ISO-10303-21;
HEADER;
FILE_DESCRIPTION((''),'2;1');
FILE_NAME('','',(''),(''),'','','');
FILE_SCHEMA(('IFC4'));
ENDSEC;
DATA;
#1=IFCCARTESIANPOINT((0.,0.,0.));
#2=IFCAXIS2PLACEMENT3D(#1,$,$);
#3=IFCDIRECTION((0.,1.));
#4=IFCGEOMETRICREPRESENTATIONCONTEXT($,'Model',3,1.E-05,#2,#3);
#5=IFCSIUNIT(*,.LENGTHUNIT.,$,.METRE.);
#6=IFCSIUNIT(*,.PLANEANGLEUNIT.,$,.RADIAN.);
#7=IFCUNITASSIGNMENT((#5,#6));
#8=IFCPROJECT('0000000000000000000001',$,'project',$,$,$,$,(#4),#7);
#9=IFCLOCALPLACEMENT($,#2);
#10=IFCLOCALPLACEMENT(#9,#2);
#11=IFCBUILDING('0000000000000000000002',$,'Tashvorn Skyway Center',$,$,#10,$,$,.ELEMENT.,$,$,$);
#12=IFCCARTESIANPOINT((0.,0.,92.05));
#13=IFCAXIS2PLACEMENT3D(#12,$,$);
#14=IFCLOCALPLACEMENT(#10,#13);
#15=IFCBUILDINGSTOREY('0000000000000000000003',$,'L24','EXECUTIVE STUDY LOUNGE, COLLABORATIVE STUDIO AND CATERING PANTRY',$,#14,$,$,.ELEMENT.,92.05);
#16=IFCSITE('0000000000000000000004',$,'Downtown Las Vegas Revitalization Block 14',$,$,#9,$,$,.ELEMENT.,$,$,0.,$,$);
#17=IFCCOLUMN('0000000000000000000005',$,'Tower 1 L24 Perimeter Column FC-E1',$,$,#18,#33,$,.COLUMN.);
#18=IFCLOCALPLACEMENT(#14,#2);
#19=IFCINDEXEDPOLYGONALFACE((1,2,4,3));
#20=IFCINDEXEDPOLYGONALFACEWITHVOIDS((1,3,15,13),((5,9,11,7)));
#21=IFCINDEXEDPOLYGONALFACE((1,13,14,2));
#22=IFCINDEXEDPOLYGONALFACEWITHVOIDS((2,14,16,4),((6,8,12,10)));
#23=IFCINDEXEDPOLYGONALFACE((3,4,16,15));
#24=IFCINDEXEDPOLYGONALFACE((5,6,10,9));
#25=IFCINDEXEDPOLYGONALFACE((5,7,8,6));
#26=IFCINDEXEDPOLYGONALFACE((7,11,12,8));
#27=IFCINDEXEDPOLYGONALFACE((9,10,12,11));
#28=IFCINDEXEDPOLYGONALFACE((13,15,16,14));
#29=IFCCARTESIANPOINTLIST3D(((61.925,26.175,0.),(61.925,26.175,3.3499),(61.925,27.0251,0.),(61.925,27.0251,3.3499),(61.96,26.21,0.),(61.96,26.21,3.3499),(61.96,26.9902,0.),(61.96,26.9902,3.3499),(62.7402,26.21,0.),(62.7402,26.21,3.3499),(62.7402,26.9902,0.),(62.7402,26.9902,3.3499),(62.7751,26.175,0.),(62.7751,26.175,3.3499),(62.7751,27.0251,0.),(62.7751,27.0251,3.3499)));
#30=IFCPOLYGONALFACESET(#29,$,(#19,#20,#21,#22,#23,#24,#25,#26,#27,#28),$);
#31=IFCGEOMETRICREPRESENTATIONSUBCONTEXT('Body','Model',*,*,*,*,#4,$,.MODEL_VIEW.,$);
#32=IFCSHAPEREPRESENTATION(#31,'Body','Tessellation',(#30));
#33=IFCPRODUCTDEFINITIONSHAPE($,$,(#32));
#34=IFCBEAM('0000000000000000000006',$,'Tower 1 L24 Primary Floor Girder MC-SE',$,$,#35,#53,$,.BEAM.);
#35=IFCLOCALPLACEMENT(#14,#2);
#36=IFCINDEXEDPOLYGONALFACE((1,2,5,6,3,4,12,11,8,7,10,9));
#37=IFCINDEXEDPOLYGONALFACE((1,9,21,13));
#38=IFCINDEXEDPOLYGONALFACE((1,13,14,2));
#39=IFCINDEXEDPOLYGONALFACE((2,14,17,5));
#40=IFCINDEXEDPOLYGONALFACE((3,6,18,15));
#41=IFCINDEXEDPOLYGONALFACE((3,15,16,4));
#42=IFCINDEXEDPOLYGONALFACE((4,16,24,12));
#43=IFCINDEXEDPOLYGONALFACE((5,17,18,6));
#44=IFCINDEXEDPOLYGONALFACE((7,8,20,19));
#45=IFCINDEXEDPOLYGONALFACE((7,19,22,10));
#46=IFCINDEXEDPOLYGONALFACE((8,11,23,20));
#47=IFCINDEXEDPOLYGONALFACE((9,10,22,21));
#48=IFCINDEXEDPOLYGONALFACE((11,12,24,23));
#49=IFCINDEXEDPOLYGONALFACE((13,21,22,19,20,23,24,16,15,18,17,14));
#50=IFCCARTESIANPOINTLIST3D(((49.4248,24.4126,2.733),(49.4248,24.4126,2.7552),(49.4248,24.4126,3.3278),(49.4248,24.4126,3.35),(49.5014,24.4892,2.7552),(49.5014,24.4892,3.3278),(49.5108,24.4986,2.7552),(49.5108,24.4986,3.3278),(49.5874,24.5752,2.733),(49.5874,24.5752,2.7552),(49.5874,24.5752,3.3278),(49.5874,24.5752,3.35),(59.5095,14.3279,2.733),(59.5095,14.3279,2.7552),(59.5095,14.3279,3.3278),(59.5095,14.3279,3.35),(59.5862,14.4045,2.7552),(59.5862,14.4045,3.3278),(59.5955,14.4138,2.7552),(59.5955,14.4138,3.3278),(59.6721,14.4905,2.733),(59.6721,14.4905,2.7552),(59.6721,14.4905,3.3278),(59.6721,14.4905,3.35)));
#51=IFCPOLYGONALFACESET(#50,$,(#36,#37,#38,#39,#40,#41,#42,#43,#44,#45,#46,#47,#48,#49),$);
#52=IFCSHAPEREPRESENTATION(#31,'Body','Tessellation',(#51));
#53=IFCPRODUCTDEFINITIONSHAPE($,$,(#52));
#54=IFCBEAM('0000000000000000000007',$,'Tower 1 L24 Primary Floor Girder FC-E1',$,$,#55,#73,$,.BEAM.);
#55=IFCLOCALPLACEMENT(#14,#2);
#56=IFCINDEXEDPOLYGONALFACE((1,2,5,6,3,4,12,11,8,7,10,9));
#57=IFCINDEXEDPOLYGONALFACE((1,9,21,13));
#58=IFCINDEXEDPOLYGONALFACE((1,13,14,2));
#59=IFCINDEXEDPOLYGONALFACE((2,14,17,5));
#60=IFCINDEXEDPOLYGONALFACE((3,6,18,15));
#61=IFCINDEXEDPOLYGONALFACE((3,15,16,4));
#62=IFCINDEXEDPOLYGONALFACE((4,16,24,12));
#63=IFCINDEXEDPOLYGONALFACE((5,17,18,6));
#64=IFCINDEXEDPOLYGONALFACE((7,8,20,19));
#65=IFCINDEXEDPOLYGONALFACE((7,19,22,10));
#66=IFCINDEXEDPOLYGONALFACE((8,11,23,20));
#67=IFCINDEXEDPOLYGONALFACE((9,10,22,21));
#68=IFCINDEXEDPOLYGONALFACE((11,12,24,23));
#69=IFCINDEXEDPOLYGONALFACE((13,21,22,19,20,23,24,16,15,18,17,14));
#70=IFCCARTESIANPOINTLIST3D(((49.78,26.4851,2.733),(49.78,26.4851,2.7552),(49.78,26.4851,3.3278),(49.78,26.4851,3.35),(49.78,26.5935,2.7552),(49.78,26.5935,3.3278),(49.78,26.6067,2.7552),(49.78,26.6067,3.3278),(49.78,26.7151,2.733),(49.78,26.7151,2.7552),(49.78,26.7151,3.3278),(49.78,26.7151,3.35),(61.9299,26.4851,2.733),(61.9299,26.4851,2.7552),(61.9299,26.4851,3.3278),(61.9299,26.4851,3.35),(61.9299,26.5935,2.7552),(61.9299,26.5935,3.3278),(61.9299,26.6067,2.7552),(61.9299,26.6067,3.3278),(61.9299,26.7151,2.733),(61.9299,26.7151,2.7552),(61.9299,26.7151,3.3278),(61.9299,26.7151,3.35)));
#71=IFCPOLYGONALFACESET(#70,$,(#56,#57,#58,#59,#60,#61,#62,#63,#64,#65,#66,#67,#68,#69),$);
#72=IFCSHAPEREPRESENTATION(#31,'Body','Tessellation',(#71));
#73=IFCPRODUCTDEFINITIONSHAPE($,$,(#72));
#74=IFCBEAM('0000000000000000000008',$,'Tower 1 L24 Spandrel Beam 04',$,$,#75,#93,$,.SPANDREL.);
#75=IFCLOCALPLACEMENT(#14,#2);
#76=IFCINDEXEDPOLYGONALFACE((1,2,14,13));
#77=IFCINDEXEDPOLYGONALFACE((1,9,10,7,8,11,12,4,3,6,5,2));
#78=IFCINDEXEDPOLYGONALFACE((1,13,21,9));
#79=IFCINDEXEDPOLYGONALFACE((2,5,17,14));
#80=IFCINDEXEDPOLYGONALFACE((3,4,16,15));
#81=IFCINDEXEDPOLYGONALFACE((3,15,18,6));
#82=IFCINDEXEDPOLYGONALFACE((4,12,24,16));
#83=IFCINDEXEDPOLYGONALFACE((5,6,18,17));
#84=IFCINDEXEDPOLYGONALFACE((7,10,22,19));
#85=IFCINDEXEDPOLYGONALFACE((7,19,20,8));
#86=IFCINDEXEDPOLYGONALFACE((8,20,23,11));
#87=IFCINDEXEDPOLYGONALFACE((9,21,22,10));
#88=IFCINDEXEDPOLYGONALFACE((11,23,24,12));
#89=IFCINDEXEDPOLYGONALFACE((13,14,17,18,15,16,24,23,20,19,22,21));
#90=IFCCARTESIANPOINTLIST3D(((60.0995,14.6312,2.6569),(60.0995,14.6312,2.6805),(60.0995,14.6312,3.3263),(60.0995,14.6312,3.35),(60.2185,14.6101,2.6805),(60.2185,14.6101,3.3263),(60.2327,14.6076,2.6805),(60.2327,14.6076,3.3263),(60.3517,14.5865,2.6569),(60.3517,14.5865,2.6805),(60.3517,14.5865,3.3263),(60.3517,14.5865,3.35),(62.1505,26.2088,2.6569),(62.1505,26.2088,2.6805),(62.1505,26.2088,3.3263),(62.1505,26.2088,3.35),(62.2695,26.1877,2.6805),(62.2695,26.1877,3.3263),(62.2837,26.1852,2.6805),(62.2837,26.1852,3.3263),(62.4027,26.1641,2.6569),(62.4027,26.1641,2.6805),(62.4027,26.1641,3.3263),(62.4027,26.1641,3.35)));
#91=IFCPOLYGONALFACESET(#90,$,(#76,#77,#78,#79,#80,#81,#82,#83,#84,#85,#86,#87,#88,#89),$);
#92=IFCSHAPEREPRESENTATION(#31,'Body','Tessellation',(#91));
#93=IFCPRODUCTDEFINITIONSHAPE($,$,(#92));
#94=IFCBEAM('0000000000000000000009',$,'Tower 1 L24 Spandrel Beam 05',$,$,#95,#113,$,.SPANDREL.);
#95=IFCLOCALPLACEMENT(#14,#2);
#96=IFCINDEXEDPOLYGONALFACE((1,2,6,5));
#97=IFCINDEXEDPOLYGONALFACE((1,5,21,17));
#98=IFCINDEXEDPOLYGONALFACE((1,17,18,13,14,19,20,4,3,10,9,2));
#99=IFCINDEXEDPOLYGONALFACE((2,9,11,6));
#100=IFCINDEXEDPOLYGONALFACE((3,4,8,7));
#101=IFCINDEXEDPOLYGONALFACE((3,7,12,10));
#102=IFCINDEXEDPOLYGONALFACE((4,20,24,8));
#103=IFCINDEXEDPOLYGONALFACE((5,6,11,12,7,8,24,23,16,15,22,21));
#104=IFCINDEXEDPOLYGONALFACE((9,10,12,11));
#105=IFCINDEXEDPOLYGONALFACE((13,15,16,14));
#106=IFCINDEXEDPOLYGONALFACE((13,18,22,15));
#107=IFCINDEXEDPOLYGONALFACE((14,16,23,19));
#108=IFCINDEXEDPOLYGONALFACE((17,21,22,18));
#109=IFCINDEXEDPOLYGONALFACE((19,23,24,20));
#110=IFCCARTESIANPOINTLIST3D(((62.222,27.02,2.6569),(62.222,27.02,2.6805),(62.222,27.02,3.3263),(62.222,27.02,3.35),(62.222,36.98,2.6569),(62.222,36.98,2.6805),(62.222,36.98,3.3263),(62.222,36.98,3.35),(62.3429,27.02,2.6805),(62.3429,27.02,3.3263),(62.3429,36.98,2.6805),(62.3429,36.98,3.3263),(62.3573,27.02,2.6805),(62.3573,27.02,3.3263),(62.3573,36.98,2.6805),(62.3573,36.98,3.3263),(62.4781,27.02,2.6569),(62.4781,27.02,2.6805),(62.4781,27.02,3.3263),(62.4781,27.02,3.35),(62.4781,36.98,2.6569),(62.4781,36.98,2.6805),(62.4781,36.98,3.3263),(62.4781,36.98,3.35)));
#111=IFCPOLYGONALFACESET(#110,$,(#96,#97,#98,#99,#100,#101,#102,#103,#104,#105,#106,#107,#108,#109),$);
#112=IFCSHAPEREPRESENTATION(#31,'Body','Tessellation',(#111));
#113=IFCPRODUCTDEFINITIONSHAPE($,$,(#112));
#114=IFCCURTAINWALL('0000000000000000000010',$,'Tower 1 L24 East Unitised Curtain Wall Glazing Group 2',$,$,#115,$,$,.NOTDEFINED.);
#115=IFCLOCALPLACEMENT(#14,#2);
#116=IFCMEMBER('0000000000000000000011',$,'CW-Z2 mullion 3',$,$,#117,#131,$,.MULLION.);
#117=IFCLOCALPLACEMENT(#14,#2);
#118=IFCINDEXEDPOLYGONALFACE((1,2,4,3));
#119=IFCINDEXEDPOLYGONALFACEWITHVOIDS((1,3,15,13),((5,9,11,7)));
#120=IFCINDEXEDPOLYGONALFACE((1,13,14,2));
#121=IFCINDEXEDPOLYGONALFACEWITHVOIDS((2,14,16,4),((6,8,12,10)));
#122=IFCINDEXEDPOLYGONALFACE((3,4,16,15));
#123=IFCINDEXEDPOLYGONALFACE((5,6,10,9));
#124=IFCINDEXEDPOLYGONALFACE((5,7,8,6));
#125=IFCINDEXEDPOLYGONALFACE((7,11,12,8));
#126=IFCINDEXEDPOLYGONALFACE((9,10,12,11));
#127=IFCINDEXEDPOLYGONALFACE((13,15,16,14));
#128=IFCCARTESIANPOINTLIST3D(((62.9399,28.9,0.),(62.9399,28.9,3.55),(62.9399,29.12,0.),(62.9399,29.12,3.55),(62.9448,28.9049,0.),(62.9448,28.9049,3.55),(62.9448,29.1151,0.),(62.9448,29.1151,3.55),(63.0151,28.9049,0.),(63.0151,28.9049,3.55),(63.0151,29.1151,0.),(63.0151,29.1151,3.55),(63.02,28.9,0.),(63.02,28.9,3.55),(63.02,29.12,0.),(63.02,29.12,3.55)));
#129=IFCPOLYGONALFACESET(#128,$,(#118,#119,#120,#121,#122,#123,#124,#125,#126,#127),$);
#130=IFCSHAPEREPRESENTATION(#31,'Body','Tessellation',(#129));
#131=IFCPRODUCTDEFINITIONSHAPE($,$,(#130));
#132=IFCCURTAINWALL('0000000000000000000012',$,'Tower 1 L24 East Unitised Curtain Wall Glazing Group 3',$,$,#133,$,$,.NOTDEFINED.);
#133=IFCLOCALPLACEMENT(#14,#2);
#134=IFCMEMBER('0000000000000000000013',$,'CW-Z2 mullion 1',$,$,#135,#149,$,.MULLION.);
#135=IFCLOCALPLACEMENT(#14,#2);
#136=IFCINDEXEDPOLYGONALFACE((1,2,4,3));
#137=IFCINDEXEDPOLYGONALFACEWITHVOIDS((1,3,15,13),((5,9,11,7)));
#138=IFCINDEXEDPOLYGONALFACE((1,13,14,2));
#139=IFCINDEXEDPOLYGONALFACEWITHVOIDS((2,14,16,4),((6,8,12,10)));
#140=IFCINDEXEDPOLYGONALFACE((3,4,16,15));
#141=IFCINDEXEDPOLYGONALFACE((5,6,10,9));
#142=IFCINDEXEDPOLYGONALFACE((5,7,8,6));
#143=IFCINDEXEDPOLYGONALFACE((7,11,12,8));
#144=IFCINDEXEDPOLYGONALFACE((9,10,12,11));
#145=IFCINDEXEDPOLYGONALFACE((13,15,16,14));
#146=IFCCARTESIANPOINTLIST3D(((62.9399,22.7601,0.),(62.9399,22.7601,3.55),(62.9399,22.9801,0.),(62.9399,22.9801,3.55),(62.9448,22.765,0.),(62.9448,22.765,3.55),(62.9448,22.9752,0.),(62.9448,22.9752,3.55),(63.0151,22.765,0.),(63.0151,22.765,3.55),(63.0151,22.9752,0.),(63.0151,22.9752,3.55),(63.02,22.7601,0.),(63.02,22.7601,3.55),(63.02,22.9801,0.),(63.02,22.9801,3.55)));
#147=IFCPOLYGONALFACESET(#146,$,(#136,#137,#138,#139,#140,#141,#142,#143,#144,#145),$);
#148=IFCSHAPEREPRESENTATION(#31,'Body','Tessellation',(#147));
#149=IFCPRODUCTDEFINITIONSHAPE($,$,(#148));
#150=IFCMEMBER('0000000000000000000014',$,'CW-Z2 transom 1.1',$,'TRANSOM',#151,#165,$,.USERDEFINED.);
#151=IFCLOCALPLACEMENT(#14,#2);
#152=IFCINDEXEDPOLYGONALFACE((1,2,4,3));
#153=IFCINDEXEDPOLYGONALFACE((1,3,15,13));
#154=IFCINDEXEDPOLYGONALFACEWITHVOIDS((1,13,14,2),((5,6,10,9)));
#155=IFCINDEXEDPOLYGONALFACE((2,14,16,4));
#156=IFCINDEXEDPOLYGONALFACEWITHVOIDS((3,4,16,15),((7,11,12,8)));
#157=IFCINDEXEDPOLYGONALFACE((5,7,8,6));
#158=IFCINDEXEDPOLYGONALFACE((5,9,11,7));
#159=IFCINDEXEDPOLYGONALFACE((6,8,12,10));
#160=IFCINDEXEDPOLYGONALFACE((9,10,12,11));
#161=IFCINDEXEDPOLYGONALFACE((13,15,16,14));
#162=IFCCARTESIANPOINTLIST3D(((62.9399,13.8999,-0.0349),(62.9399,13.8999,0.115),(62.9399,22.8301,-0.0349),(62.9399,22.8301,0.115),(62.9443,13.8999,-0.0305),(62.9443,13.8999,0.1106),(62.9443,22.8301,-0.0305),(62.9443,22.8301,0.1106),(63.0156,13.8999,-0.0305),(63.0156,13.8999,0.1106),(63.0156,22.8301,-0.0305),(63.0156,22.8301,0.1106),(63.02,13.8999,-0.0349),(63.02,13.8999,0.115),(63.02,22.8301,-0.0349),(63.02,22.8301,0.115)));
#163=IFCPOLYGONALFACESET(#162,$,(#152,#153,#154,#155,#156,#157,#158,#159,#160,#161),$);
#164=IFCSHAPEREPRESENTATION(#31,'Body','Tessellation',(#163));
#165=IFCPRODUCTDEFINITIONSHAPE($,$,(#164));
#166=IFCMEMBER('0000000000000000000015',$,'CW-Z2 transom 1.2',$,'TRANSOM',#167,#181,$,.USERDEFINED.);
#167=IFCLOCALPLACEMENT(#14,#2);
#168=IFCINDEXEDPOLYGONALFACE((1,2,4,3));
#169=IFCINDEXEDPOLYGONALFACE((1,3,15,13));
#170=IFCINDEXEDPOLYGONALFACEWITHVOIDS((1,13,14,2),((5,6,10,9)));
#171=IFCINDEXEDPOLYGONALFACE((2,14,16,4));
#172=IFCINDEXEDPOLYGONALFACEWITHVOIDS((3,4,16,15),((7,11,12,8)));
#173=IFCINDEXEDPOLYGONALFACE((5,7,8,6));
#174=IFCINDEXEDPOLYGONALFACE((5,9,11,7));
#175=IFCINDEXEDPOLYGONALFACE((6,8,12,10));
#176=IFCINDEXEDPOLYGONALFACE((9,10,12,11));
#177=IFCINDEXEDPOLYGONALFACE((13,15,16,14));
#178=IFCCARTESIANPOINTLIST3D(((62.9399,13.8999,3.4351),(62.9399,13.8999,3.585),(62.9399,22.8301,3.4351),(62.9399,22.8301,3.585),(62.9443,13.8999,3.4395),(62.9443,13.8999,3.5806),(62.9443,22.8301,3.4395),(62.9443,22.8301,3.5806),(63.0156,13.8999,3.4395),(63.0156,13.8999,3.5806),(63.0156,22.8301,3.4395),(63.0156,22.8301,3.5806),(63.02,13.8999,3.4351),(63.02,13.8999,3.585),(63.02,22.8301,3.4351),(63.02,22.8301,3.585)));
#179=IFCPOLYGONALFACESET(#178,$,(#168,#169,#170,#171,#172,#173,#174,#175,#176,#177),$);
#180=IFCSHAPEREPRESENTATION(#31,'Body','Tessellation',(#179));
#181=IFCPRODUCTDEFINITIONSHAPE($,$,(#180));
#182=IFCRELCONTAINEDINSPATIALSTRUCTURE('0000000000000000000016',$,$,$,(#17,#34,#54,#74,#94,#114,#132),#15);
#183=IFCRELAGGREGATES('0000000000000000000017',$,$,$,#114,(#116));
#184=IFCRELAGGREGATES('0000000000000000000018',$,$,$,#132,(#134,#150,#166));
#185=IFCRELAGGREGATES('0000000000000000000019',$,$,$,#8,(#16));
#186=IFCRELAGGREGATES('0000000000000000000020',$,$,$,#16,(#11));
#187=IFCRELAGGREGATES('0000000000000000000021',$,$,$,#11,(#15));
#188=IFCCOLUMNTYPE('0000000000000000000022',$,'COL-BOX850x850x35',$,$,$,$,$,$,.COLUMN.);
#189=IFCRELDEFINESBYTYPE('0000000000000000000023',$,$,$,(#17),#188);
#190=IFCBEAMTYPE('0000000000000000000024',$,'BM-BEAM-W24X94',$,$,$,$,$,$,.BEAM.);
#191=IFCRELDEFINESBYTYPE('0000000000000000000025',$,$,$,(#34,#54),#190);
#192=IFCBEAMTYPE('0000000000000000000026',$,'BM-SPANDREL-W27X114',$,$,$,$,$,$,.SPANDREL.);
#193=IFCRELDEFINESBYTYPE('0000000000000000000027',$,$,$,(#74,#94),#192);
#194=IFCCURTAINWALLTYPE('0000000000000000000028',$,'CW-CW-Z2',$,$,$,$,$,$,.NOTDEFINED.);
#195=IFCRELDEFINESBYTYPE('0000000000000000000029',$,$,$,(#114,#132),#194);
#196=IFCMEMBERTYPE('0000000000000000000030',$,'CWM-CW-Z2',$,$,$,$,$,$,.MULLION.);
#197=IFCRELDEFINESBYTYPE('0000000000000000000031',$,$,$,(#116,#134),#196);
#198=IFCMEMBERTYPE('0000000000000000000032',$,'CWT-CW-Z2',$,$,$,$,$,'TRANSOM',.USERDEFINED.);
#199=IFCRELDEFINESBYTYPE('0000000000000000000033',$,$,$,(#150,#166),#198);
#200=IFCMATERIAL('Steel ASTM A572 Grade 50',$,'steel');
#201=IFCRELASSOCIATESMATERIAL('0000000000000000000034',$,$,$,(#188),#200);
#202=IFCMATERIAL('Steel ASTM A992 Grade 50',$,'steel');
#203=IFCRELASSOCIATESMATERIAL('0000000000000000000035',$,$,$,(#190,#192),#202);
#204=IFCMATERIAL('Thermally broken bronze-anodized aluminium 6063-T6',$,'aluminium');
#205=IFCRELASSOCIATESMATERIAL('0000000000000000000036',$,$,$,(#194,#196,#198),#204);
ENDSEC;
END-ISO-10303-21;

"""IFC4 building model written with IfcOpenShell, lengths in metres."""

from ifc_helpers import new_model, si_unit, direction, frame, origin, origin_2d, place, context, subcontext, project, spatial, hollow_rectangle, i_section, extrude, material, material_profile, profile_set, type_object, element, aggregate, save


model = new_model("IFC4")

# Units and contexts
model_context = context("Model", 3, precision=1e-05, world=origin(), true_north=direction((0.0, 1.0)))
body_context = subcontext(model_context, "Body", "Model", "MODEL_VIEW")
ifc_project = project(units=[si_unit("LENGTHUNIT", "METRE"), si_unit("PLANEANGLEUNIT", "RADIAN")], contexts=[model_context])

# Site, building, storey
site_placement = place(None, origin())
site = spatial("IfcSite", under=ifc_project, at=site_placement, Name="Downtown Las Vegas Revitalization Block 14", CompositionType="ELEMENT", RefElevation=0.0)
building_placement = place(site_placement, origin())
building = spatial("IfcBuilding", under=site, at=building_placement, Name="Tashvorn Skyway Center", CompositionType="ELEMENT")
storey_placement = place(building_placement, frame((0.0, 0.0, 92.05)))
storey = spatial("IfcBuildingStorey", under=building, at=storey_placement, Name="L24", Description="EXECUTIVE STUDY LOUNGE, COLLABORATIVE STUDIO AND CATERING PANTRY", CompositionType="ELEMENT", Elevation=92.05)

# Column
ifc_material_1 = material(Name="Steel ASTM A572 Grade 50", Category="steel")
ifc_material_profile_1 = material_profile(ifc_material_1, hollow_rectangle(XDim=0.8501, YDim=0.8501, WallThickness=0.0349, at=origin_2d()), Name="BOX850x850x35")
ifc_profile_set_1 = profile_set([ifc_material_profile_1], Name="Steel ASTM A572 Grade 50")
column_type = type_object("IfcColumnType", Name="COL-BOX850x850x35", PredefinedType="COLUMN", material=ifc_profile_set_1)
column_placement = place(storey_placement, frame((62.3501, 26.6001, 0.0), z_axis=(0.0, 0.0, 1.0), x_axis=(1.0, 0.0, 0.0)))
element("IfcColumn", 1, at=column_placement, inside=storey, type_object=column_type, Name="Tower 1 L24 Perimeter Column FC-E1", PredefinedType="COLUMN", context=body_context, shape_type="SweptSolid", body=[
    extrude(hollow_rectangle(XDim=0.8501, YDim=0.8501, WallThickness=0.0349, at=origin_2d()), origin(), (0.0, 0.0, 1.0), 3.3499),
])

# Beams
ifc_material_2 = material(Name="Steel ASTM A992 Grade 50", Category="steel")
ifc_material_profile_2 = material_profile(ifc_material_2, i_section(OverallWidth=0.23, OverallDepth=0.6169, WebThickness=0.0132, FlangeThickness=0.0222, at=origin_2d()), Name="W24X94")
ifc_profile_set_2 = profile_set([ifc_material_profile_2], Name="Steel ASTM A992 Grade 50")
beam_type_1 = type_object("IfcBeamType", Name="BM-BEAM-W24X94", PredefinedType="BEAM", material=ifc_profile_set_2)
beam_1_placement = place(storey_placement, frame((59.5908, 14.4092, 3.0415), z_axis=(-0.707107, 0.707107, 0.0), x_axis=(-0.707107, -0.707107, 0.0)))
element("IfcBeam", 2, at=beam_1_placement, inside=storey, type_object=beam_type_1, Name="Tower 1 L24 Primary Floor Girder MC-SE", PredefinedType="BEAM", context=body_context, shape_type="SweptSolid", body=[
    extrude(i_section(OverallWidth=0.23, OverallDepth=0.6169, WebThickness=0.0132, FlangeThickness=0.0222, at=origin_2d()), origin(), (0.0, 0.0, 1.0), 14.262),
])
beam_2_placement = place(storey_placement, frame((61.9299, 26.6001, 3.0415), z_axis=(-1.0, 0.0, 0.0), x_axis=(0.0, -1.0, 0.0)))
element("IfcBeam", 3, at=beam_2_placement, inside=storey, type_object=beam_type_1, Name="Tower 1 L24 Primary Floor Girder FC-E1", PredefinedType="BEAM", context=body_context, shape_type="SweptSolid", body=[
    extrude(i_section(OverallWidth=0.23, OverallDepth=0.6169, WebThickness=0.0132, FlangeThickness=0.0222, at=origin_2d()), origin(), (0.0, 0.0, 1.0), 12.1499),
])
ifc_material_profile_3 = material_profile(ifc_material_2, i_section(OverallWidth=0.2561, OverallDepth=0.6931, WebThickness=0.0144, FlangeThickness=0.0237, at=origin_2d()), Name="W27X114")
ifc_profile_set_3 = profile_set([ifc_material_profile_3], Name="Steel ASTM A992 Grade 50")
beam_type_2 = type_object("IfcBeamType", Name="BM-SPANDREL-W27X114", PredefinedType="SPANDREL", material=ifc_profile_set_3)
beam_3_placement = place(storey_placement, frame((60.2256, 14.6089, 3.0034), z_axis=(0.174438, 0.984668, 0.0), x_axis=(-0.984668, 0.174438, 0.0)))
element("IfcBeam", 4, at=beam_3_placement, inside=storey, type_object=beam_type_2, Name="Tower 1 L24 Spandrel Beam 04", PredefinedType="SPANDREL", context=body_context, shape_type="SweptSolid", body=[
    extrude(i_section(OverallWidth=0.2561, OverallDepth=0.6931, WebThickness=0.0144, FlangeThickness=0.0237, at=origin_2d()), origin(), (0.0, 0.0, 1.0), 11.7578),
])
beam_4_placement = place(storey_placement, frame((62.3501, 27.02, 3.0034), z_axis=(0.0, 1.0, 0.0), x_axis=(-1.0, 0.0, 0.0)))
element("IfcBeam", 5, at=beam_4_placement, inside=storey, type_object=beam_type_2, Name="Tower 1 L24 Spandrel Beam 05", PredefinedType="SPANDREL", context=body_context, shape_type="SweptSolid", body=[
    extrude(i_section(OverallWidth=0.2561, OverallDepth=0.6931, WebThickness=0.0144, FlangeThickness=0.0237, at=origin_2d()), origin(), (0.0, 0.0, 1.0), 9.96),
])

# Curtain wall, member
ifc_material_3 = material(Name="Thermally broken bronze-anodized aluminium 6063-T6", Category="aluminium")
curtain_wall_type = type_object("IfcCurtainWallType", Name="CW-CW-Z2", PredefinedType="NOTDEFINED", material=ifc_material_3)
curtain_wall_1_placement = place(storey_placement, origin())
curtain_wall_1 = element("IfcCurtainWall", 6, at=curtain_wall_1_placement, inside=storey, type_object=curtain_wall_type, Name="Tower 1 L24 East Unitised Curtain Wall Glazing Group 2", PredefinedType="NOTDEFINED")
ifc_material_profile_4 = material_profile(ifc_material_3, hollow_rectangle(XDim=0.0801, YDim=0.22, WallThickness=0.0049, at=origin_2d()), Name="ALU-MULL-80x220")
ifc_profile_set_4 = profile_set([ifc_material_profile_4], Name="Thermally broken bronze-anodized aluminium 6063-T6")
member_type_1 = type_object("IfcMemberType", Name="CWM-CW-Z2", PredefinedType="MULLION", material=ifc_profile_set_4)
member_1_placement = place(storey_placement, frame((62.98, 29.01, 0.0), z_axis=(0.0, 0.0, 1.0), x_axis=(1.0, 0.0, 0.0)))
member_1 = element("IfcMember", 7, at=member_1_placement, type_object=member_type_1, Name="CW-Z2 mullion 3", PredefinedType="MULLION", context=body_context, shape_type="SweptSolid", body=[
    extrude(hollow_rectangle(XDim=0.0801, YDim=0.22, WallThickness=0.0049, at=origin_2d()), origin(), (0.0, 0.0, 1.0), 3.55),
])

# Curtain wall, members
curtain_wall_2_placement = place(storey_placement, origin())
curtain_wall_2 = element("IfcCurtainWall", 8, at=curtain_wall_2_placement, inside=storey, type_object=curtain_wall_type, Name="Tower 1 L24 East Unitised Curtain Wall Glazing Group 3", PredefinedType="NOTDEFINED")
member_2_placement = place(storey_placement, frame((62.98, 22.8701, 0.0), z_axis=(0.0, 0.0, 1.0), x_axis=(1.0, 0.0, 0.0)))
member_2 = element("IfcMember", 9, at=member_2_placement, type_object=member_type_1, Name="CW-Z2 mullion 1", PredefinedType="MULLION", context=body_context, shape_type="SweptSolid", body=[
    extrude(hollow_rectangle(XDim=0.0801, YDim=0.22, WallThickness=0.0049, at=origin_2d()), origin(), (0.0, 0.0, 1.0), 3.55),
])
ifc_material_profile_5 = material_profile(ifc_material_3, hollow_rectangle(XDim=0.0801, YDim=0.1499, WallThickness=0.0044, at=origin_2d()), Name="ALU-TRAN-80x150")
ifc_profile_set_5 = profile_set([ifc_material_profile_5], Name="Thermally broken bronze-anodized aluminium 6063-T6")
member_type_2 = type_object("IfcMemberType", Name="CWT-CW-Z2", ElementType="TRANSOM", PredefinedType="USERDEFINED", material=ifc_profile_set_5)
member_3_placement = place(storey_placement, frame((62.98, 22.8301, 0.04), z_axis=(0.0, -1.0, 0.0), x_axis=(1.0, 0.0, 0.0)))
member_3 = element("IfcMember", 10, at=member_3_placement, type_object=member_type_2, Name="CW-Z2 transom 1.1", ObjectType="TRANSOM", PredefinedType="USERDEFINED", context=body_context, shape_type="SweptSolid", body=[
    extrude(hollow_rectangle(XDim=0.0801, YDim=0.1499, WallThickness=0.0044, at=origin_2d()), origin(), (0.0, 0.0, 1.0), 8.9302),
])
member_4_placement = place(storey_placement, frame((62.98, 22.8301, 3.51), z_axis=(0.0, -1.0, 0.0), x_axis=(1.0, 0.0, 0.0)))
member_4 = element("IfcMember", 11, at=member_4_placement, type_object=member_type_2, Name="CW-Z2 transom 1.2", ObjectType="TRANSOM", PredefinedType="USERDEFINED", context=body_context, shape_type="SweptSolid", body=[
    extrude(hollow_rectangle(XDim=0.0801, YDim=0.1499, WallThickness=0.0044, at=origin_2d()), origin(), (0.0, 0.0, 1.0), 8.9302),
])

aggregate(curtain_wall_1, [member_1])
aggregate(curtain_wall_2, [member_2, member_3, member_4])

save(model, "model.ifc")
